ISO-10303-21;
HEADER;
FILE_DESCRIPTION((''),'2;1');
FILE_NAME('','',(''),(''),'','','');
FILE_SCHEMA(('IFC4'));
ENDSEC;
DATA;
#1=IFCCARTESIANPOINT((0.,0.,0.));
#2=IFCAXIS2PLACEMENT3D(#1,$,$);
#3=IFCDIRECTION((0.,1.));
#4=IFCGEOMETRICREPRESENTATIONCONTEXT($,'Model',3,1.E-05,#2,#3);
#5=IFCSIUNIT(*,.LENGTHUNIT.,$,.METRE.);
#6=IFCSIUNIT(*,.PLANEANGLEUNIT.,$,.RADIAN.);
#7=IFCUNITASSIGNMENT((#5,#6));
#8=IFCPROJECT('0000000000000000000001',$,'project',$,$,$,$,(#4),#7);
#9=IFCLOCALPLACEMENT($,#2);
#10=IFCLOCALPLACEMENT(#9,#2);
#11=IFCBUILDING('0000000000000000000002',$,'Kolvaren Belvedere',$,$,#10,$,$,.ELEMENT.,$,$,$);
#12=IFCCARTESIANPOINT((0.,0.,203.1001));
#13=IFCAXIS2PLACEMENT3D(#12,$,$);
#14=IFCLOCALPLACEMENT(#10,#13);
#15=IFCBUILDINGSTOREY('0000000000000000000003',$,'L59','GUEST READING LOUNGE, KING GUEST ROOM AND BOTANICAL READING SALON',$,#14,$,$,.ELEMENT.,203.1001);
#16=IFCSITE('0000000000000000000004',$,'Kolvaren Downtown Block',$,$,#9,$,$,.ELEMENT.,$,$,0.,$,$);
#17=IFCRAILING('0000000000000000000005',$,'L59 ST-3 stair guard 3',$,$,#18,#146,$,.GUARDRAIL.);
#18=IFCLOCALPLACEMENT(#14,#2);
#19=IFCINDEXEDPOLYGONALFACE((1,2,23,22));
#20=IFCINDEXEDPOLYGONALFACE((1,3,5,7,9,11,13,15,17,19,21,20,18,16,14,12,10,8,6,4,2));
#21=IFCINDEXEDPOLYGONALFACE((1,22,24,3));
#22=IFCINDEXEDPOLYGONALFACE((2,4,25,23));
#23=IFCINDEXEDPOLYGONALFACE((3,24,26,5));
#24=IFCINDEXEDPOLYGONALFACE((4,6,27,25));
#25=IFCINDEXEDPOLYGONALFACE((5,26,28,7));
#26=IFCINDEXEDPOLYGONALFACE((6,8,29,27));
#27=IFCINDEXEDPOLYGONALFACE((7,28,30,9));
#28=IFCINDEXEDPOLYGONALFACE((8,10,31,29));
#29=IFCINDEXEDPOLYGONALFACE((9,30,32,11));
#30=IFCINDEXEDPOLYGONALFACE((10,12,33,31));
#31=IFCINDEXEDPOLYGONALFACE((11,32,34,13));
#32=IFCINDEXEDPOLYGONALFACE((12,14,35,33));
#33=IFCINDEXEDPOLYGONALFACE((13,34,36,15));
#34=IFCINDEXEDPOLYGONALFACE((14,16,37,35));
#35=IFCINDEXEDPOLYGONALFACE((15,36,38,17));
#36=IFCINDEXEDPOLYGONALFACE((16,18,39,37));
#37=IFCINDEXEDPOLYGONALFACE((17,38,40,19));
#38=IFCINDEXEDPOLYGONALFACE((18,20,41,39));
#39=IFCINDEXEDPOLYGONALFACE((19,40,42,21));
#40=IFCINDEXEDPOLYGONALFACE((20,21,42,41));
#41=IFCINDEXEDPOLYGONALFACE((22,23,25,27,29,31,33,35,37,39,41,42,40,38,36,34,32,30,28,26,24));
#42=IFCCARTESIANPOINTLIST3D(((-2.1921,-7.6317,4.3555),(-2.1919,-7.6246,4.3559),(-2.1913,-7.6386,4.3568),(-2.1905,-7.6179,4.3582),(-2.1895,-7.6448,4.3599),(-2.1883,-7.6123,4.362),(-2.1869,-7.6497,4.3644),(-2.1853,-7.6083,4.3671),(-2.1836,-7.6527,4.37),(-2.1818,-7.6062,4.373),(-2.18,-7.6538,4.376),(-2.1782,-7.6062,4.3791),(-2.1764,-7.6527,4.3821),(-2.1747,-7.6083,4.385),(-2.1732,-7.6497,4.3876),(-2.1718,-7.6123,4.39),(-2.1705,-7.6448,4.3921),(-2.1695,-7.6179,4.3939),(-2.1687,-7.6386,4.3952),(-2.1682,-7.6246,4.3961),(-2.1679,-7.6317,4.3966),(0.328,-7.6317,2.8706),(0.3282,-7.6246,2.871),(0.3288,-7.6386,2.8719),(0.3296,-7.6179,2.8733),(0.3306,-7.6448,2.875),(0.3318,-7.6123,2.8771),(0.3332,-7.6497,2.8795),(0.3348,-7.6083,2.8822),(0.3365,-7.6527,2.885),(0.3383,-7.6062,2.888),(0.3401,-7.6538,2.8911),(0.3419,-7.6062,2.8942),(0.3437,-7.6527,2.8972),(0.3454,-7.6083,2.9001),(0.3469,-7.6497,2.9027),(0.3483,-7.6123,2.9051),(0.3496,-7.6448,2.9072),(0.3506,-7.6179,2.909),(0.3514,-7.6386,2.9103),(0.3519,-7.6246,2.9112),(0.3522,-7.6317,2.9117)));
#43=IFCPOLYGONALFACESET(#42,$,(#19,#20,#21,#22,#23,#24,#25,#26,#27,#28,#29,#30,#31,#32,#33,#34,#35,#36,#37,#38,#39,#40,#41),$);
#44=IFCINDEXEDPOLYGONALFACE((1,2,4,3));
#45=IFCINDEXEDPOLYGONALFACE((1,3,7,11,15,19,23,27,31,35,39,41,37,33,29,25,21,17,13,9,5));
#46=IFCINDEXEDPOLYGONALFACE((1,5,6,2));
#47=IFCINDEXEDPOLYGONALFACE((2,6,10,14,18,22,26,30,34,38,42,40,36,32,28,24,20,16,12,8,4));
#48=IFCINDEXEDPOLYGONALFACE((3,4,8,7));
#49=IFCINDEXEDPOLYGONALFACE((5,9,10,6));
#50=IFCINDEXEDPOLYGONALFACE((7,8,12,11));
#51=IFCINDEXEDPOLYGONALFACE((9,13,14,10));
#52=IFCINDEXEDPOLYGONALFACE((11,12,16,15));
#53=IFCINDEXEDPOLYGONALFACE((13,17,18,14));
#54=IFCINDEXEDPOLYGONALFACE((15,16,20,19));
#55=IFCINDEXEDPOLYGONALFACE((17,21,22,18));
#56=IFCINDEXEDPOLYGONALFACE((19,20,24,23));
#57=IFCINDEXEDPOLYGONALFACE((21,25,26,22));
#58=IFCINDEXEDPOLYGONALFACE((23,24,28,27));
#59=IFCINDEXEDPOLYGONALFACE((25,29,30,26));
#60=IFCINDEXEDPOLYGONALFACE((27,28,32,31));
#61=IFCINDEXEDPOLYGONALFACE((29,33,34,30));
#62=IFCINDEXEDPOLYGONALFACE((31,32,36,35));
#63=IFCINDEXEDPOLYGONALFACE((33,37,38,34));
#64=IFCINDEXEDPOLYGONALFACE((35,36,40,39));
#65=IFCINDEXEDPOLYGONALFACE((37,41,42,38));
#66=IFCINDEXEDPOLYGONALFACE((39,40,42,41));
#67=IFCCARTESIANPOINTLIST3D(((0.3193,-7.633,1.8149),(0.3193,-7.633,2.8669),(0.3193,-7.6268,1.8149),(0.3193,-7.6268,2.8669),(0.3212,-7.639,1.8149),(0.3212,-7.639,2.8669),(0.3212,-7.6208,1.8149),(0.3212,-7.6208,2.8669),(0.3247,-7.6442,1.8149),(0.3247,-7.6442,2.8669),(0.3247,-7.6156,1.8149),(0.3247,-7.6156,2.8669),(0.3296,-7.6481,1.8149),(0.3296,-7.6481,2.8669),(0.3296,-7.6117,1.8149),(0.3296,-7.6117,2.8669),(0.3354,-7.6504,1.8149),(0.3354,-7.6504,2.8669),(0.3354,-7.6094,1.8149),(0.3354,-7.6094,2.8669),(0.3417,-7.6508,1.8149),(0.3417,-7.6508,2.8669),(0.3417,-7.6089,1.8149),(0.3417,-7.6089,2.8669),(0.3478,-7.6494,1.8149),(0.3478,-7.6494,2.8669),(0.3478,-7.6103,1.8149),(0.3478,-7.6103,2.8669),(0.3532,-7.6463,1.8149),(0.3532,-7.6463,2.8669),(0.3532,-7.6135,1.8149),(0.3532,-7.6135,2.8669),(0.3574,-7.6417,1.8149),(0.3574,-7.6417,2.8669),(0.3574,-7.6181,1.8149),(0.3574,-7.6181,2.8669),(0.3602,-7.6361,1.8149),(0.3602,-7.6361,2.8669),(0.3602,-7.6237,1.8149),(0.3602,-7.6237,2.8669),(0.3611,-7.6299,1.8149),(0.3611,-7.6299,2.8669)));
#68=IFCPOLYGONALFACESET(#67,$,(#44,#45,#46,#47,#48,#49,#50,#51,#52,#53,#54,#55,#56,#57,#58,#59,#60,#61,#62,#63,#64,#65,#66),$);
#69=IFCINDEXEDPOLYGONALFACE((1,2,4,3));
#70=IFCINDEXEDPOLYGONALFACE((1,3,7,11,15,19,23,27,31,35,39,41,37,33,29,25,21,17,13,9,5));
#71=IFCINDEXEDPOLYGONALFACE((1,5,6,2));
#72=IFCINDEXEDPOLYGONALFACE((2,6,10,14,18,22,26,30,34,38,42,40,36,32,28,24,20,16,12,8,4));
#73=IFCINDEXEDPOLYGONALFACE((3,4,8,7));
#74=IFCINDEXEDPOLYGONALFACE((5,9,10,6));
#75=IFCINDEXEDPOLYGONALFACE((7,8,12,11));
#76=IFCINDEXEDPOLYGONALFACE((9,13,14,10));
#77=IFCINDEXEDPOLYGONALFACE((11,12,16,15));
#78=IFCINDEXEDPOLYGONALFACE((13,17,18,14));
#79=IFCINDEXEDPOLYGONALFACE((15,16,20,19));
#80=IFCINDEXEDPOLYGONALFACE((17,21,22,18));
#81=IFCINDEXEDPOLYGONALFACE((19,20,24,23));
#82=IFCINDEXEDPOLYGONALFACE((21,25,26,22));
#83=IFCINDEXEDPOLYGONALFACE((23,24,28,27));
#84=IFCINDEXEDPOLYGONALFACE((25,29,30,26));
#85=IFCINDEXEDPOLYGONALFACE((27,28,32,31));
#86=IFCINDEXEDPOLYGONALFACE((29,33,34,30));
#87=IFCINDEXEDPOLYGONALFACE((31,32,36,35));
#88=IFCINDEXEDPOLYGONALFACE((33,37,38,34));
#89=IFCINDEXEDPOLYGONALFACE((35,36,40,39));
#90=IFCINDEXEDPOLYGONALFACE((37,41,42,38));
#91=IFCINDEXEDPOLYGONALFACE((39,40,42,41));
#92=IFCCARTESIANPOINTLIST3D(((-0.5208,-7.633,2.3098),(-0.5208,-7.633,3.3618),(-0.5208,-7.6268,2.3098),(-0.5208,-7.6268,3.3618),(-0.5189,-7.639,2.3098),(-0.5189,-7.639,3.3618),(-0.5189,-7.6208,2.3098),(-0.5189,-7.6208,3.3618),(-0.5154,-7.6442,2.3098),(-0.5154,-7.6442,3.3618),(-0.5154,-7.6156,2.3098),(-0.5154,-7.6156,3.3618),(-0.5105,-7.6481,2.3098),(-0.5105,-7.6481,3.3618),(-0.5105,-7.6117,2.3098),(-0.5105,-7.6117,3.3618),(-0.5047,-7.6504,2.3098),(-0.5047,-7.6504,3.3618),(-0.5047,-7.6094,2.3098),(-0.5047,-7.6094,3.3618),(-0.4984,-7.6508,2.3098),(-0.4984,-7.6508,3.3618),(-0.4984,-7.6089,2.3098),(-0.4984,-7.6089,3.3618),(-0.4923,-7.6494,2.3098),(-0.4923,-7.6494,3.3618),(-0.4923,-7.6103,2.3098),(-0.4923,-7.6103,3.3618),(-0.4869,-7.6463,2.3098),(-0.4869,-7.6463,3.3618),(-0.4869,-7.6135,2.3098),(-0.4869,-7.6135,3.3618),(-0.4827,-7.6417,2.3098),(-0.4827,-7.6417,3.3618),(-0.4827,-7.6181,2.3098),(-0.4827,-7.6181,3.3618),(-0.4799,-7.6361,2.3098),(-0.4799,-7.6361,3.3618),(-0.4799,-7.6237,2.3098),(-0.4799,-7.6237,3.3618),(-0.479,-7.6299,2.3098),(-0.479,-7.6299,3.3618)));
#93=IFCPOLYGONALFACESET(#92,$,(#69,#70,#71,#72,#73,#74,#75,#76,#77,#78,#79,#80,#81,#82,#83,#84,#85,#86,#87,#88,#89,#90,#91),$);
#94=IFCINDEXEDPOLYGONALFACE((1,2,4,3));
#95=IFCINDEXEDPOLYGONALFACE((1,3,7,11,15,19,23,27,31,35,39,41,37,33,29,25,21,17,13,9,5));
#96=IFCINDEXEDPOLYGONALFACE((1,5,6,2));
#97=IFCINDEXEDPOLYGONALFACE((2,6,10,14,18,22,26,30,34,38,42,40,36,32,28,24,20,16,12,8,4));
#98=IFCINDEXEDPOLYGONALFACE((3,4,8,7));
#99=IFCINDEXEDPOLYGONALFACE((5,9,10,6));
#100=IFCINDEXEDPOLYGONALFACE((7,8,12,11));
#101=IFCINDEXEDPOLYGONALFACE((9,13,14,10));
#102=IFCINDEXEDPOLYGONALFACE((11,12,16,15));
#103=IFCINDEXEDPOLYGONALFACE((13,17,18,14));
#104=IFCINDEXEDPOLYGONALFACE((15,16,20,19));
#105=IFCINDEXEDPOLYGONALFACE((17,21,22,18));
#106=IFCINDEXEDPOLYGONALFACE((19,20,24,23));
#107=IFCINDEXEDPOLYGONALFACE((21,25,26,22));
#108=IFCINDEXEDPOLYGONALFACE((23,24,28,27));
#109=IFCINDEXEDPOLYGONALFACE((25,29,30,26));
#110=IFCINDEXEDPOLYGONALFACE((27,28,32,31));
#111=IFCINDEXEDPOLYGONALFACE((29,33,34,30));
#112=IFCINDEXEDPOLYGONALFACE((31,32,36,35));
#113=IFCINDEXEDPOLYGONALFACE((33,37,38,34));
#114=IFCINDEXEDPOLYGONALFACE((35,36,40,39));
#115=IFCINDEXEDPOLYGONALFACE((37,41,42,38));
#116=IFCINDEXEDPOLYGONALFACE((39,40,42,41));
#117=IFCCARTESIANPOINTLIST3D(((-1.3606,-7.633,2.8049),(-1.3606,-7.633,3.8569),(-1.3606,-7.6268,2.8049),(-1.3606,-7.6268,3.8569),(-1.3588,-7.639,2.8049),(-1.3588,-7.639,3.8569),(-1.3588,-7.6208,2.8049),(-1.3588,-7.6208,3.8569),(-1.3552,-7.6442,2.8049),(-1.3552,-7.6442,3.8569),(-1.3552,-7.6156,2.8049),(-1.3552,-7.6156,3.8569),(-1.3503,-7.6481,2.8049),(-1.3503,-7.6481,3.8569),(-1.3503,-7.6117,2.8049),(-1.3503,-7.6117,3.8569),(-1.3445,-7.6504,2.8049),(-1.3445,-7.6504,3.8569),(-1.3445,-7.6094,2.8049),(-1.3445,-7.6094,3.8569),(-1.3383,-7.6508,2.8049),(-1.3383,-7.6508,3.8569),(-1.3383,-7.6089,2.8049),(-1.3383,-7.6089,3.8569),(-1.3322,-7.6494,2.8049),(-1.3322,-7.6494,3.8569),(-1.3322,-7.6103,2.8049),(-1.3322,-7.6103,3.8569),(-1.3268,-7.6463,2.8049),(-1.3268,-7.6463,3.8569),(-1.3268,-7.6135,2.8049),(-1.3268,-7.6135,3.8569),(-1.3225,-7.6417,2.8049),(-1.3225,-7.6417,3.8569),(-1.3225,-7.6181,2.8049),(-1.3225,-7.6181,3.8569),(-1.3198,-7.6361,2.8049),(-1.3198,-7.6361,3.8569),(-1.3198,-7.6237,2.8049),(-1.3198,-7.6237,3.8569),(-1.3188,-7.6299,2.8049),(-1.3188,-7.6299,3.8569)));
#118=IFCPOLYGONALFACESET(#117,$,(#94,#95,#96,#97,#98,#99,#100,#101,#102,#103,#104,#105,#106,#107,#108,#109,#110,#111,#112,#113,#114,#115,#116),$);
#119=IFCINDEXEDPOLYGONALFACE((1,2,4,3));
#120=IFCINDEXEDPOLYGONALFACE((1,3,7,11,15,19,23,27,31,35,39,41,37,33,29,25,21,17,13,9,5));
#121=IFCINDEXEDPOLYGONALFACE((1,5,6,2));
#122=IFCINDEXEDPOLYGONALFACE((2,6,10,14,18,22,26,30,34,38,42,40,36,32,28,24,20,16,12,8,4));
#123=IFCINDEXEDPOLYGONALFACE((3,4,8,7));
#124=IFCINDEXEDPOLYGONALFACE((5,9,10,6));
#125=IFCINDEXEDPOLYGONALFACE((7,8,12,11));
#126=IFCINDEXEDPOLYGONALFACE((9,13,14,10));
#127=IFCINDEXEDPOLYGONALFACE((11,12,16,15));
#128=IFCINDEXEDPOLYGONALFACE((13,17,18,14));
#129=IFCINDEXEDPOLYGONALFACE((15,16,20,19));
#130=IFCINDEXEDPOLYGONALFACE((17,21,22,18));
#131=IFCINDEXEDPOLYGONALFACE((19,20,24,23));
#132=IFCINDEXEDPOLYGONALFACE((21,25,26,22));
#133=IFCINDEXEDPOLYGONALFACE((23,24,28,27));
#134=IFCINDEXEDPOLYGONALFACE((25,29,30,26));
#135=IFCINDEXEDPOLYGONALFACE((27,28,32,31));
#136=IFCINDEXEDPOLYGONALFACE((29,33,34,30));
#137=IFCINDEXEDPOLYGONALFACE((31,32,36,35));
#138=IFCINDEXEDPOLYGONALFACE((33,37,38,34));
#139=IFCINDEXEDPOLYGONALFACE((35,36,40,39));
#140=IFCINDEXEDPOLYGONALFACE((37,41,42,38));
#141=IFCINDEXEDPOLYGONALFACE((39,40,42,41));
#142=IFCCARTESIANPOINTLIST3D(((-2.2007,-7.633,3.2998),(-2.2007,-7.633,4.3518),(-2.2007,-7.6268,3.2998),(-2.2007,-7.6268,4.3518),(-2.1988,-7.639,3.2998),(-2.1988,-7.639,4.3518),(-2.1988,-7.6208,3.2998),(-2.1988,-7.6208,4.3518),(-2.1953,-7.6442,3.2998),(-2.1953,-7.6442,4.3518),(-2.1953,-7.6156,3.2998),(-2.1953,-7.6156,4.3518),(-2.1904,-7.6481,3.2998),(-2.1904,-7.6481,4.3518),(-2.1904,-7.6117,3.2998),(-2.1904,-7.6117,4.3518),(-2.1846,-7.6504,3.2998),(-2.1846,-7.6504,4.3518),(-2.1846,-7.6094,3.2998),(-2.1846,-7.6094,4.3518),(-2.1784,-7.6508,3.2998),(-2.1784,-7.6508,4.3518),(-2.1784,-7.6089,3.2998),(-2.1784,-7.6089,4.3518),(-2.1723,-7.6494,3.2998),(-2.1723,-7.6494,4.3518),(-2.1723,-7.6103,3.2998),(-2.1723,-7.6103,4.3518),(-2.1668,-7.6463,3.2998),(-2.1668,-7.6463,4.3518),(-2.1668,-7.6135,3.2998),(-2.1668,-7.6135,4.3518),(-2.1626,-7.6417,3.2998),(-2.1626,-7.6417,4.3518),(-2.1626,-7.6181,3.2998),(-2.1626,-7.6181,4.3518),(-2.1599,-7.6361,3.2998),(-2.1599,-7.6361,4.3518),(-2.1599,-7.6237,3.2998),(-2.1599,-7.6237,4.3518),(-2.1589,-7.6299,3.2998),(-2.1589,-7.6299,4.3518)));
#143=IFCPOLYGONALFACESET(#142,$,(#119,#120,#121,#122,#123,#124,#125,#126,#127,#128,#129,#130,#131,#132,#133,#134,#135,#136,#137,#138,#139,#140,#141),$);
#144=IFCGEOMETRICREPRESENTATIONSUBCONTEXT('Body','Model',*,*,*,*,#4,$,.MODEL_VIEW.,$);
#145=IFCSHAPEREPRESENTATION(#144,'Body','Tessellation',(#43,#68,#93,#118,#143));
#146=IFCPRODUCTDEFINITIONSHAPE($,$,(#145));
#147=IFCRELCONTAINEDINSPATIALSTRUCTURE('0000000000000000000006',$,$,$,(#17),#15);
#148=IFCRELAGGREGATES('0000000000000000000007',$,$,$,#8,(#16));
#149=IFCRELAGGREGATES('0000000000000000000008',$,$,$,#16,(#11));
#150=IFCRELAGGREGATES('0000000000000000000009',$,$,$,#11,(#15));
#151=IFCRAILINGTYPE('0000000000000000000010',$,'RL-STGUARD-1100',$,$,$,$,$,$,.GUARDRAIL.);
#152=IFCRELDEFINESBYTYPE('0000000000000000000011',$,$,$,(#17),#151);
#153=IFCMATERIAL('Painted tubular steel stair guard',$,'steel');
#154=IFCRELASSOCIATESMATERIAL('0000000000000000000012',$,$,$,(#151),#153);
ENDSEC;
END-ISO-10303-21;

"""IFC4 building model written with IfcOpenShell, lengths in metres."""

from ifc_helpers import new_model, si_unit, direction, frame, origin, origin_2d, place, context, subcontext, project, spatial, circle, extrude, material, type_object, element, save


model = new_model("IFC4")

# Units and contexts
model_context = context("Model", 3, precision=1e-05, world=origin(), true_north=direction((0.0, 1.0)))
body_context = subcontext(model_context, "Body", "Model", "MODEL_VIEW")
ifc_project = project(units=[si_unit("LENGTHUNIT", "METRE"), si_unit("PLANEANGLEUNIT", "RADIAN")], contexts=[model_context])

# Site, building, storey
site_placement = place(None, origin())
site = spatial("IfcSite", under=ifc_project, at=site_placement, Name="Kolvaren Downtown Block", CompositionType="ELEMENT", RefElevation=0.0)
building_placement = place(site_placement, origin())
building = spatial("IfcBuilding", under=site, at=building_placement, Name="Kolvaren Belvedere", CompositionType="ELEMENT")
storey_placement = place(building_placement, frame((0.0, 0.0, 203.1001)))
storey = spatial("IfcBuildingStorey", under=building, at=storey_placement, Name="L59", Description="GUEST READING LOUNGE, KING GUEST ROOM AND BOTANICAL READING SALON", CompositionType="ELEMENT", Elevation=203.1001)

# Railing
ifc_material_1 = material(Name="Painted tubular steel stair guard", Category="steel")
railing_type_1 = type_object("IfcRailingType", Name="RL-STGUARD-1100", PredefinedType="GUARDRAIL", material=ifc_material_1)
railing_1_placement = place(storey_placement, frame((0.3401, -7.6299, 1.8149)))
element("IfcRailing", 1, at=railing_1_placement, inside=storey, type_object=railing_type_1, Name="L59 ST-3 stair guard 3", PredefinedType="GUARDRAIL", context=body_context, shape_type="SweptSolid", body=[
    extrude(circle(Radius=0.0239, at=origin_2d()), frame((0.0, 0.0, 1.0762), z_axis=(-0.861561, 0.0, 0.507655), x_axis=(0.0, -1.0, 0.0)), (0.0, 0.0, 1.0), 2.925),
    extrude(circle(Radius=0.021, at=origin_2d()), origin(), (0.0, 0.0, 1.0), 1.052),
    extrude(circle(Radius=0.021, at=origin_2d()), frame((-0.8401, 0.0, 0.4949)), (0.0, 0.0, 1.0), 1.052),
    extrude(circle(Radius=0.021, at=origin_2d()), frame((-1.6799, 0.0, 0.99)), (0.0, 0.0, 1.0), 1.052),
    extrude(circle(Radius=0.021, at=origin_2d()), frame((-2.52, 0.0, 1.4849)), (0.0, 0.0, 1.0), 1.052),
])

save(model, "model.ifc")
